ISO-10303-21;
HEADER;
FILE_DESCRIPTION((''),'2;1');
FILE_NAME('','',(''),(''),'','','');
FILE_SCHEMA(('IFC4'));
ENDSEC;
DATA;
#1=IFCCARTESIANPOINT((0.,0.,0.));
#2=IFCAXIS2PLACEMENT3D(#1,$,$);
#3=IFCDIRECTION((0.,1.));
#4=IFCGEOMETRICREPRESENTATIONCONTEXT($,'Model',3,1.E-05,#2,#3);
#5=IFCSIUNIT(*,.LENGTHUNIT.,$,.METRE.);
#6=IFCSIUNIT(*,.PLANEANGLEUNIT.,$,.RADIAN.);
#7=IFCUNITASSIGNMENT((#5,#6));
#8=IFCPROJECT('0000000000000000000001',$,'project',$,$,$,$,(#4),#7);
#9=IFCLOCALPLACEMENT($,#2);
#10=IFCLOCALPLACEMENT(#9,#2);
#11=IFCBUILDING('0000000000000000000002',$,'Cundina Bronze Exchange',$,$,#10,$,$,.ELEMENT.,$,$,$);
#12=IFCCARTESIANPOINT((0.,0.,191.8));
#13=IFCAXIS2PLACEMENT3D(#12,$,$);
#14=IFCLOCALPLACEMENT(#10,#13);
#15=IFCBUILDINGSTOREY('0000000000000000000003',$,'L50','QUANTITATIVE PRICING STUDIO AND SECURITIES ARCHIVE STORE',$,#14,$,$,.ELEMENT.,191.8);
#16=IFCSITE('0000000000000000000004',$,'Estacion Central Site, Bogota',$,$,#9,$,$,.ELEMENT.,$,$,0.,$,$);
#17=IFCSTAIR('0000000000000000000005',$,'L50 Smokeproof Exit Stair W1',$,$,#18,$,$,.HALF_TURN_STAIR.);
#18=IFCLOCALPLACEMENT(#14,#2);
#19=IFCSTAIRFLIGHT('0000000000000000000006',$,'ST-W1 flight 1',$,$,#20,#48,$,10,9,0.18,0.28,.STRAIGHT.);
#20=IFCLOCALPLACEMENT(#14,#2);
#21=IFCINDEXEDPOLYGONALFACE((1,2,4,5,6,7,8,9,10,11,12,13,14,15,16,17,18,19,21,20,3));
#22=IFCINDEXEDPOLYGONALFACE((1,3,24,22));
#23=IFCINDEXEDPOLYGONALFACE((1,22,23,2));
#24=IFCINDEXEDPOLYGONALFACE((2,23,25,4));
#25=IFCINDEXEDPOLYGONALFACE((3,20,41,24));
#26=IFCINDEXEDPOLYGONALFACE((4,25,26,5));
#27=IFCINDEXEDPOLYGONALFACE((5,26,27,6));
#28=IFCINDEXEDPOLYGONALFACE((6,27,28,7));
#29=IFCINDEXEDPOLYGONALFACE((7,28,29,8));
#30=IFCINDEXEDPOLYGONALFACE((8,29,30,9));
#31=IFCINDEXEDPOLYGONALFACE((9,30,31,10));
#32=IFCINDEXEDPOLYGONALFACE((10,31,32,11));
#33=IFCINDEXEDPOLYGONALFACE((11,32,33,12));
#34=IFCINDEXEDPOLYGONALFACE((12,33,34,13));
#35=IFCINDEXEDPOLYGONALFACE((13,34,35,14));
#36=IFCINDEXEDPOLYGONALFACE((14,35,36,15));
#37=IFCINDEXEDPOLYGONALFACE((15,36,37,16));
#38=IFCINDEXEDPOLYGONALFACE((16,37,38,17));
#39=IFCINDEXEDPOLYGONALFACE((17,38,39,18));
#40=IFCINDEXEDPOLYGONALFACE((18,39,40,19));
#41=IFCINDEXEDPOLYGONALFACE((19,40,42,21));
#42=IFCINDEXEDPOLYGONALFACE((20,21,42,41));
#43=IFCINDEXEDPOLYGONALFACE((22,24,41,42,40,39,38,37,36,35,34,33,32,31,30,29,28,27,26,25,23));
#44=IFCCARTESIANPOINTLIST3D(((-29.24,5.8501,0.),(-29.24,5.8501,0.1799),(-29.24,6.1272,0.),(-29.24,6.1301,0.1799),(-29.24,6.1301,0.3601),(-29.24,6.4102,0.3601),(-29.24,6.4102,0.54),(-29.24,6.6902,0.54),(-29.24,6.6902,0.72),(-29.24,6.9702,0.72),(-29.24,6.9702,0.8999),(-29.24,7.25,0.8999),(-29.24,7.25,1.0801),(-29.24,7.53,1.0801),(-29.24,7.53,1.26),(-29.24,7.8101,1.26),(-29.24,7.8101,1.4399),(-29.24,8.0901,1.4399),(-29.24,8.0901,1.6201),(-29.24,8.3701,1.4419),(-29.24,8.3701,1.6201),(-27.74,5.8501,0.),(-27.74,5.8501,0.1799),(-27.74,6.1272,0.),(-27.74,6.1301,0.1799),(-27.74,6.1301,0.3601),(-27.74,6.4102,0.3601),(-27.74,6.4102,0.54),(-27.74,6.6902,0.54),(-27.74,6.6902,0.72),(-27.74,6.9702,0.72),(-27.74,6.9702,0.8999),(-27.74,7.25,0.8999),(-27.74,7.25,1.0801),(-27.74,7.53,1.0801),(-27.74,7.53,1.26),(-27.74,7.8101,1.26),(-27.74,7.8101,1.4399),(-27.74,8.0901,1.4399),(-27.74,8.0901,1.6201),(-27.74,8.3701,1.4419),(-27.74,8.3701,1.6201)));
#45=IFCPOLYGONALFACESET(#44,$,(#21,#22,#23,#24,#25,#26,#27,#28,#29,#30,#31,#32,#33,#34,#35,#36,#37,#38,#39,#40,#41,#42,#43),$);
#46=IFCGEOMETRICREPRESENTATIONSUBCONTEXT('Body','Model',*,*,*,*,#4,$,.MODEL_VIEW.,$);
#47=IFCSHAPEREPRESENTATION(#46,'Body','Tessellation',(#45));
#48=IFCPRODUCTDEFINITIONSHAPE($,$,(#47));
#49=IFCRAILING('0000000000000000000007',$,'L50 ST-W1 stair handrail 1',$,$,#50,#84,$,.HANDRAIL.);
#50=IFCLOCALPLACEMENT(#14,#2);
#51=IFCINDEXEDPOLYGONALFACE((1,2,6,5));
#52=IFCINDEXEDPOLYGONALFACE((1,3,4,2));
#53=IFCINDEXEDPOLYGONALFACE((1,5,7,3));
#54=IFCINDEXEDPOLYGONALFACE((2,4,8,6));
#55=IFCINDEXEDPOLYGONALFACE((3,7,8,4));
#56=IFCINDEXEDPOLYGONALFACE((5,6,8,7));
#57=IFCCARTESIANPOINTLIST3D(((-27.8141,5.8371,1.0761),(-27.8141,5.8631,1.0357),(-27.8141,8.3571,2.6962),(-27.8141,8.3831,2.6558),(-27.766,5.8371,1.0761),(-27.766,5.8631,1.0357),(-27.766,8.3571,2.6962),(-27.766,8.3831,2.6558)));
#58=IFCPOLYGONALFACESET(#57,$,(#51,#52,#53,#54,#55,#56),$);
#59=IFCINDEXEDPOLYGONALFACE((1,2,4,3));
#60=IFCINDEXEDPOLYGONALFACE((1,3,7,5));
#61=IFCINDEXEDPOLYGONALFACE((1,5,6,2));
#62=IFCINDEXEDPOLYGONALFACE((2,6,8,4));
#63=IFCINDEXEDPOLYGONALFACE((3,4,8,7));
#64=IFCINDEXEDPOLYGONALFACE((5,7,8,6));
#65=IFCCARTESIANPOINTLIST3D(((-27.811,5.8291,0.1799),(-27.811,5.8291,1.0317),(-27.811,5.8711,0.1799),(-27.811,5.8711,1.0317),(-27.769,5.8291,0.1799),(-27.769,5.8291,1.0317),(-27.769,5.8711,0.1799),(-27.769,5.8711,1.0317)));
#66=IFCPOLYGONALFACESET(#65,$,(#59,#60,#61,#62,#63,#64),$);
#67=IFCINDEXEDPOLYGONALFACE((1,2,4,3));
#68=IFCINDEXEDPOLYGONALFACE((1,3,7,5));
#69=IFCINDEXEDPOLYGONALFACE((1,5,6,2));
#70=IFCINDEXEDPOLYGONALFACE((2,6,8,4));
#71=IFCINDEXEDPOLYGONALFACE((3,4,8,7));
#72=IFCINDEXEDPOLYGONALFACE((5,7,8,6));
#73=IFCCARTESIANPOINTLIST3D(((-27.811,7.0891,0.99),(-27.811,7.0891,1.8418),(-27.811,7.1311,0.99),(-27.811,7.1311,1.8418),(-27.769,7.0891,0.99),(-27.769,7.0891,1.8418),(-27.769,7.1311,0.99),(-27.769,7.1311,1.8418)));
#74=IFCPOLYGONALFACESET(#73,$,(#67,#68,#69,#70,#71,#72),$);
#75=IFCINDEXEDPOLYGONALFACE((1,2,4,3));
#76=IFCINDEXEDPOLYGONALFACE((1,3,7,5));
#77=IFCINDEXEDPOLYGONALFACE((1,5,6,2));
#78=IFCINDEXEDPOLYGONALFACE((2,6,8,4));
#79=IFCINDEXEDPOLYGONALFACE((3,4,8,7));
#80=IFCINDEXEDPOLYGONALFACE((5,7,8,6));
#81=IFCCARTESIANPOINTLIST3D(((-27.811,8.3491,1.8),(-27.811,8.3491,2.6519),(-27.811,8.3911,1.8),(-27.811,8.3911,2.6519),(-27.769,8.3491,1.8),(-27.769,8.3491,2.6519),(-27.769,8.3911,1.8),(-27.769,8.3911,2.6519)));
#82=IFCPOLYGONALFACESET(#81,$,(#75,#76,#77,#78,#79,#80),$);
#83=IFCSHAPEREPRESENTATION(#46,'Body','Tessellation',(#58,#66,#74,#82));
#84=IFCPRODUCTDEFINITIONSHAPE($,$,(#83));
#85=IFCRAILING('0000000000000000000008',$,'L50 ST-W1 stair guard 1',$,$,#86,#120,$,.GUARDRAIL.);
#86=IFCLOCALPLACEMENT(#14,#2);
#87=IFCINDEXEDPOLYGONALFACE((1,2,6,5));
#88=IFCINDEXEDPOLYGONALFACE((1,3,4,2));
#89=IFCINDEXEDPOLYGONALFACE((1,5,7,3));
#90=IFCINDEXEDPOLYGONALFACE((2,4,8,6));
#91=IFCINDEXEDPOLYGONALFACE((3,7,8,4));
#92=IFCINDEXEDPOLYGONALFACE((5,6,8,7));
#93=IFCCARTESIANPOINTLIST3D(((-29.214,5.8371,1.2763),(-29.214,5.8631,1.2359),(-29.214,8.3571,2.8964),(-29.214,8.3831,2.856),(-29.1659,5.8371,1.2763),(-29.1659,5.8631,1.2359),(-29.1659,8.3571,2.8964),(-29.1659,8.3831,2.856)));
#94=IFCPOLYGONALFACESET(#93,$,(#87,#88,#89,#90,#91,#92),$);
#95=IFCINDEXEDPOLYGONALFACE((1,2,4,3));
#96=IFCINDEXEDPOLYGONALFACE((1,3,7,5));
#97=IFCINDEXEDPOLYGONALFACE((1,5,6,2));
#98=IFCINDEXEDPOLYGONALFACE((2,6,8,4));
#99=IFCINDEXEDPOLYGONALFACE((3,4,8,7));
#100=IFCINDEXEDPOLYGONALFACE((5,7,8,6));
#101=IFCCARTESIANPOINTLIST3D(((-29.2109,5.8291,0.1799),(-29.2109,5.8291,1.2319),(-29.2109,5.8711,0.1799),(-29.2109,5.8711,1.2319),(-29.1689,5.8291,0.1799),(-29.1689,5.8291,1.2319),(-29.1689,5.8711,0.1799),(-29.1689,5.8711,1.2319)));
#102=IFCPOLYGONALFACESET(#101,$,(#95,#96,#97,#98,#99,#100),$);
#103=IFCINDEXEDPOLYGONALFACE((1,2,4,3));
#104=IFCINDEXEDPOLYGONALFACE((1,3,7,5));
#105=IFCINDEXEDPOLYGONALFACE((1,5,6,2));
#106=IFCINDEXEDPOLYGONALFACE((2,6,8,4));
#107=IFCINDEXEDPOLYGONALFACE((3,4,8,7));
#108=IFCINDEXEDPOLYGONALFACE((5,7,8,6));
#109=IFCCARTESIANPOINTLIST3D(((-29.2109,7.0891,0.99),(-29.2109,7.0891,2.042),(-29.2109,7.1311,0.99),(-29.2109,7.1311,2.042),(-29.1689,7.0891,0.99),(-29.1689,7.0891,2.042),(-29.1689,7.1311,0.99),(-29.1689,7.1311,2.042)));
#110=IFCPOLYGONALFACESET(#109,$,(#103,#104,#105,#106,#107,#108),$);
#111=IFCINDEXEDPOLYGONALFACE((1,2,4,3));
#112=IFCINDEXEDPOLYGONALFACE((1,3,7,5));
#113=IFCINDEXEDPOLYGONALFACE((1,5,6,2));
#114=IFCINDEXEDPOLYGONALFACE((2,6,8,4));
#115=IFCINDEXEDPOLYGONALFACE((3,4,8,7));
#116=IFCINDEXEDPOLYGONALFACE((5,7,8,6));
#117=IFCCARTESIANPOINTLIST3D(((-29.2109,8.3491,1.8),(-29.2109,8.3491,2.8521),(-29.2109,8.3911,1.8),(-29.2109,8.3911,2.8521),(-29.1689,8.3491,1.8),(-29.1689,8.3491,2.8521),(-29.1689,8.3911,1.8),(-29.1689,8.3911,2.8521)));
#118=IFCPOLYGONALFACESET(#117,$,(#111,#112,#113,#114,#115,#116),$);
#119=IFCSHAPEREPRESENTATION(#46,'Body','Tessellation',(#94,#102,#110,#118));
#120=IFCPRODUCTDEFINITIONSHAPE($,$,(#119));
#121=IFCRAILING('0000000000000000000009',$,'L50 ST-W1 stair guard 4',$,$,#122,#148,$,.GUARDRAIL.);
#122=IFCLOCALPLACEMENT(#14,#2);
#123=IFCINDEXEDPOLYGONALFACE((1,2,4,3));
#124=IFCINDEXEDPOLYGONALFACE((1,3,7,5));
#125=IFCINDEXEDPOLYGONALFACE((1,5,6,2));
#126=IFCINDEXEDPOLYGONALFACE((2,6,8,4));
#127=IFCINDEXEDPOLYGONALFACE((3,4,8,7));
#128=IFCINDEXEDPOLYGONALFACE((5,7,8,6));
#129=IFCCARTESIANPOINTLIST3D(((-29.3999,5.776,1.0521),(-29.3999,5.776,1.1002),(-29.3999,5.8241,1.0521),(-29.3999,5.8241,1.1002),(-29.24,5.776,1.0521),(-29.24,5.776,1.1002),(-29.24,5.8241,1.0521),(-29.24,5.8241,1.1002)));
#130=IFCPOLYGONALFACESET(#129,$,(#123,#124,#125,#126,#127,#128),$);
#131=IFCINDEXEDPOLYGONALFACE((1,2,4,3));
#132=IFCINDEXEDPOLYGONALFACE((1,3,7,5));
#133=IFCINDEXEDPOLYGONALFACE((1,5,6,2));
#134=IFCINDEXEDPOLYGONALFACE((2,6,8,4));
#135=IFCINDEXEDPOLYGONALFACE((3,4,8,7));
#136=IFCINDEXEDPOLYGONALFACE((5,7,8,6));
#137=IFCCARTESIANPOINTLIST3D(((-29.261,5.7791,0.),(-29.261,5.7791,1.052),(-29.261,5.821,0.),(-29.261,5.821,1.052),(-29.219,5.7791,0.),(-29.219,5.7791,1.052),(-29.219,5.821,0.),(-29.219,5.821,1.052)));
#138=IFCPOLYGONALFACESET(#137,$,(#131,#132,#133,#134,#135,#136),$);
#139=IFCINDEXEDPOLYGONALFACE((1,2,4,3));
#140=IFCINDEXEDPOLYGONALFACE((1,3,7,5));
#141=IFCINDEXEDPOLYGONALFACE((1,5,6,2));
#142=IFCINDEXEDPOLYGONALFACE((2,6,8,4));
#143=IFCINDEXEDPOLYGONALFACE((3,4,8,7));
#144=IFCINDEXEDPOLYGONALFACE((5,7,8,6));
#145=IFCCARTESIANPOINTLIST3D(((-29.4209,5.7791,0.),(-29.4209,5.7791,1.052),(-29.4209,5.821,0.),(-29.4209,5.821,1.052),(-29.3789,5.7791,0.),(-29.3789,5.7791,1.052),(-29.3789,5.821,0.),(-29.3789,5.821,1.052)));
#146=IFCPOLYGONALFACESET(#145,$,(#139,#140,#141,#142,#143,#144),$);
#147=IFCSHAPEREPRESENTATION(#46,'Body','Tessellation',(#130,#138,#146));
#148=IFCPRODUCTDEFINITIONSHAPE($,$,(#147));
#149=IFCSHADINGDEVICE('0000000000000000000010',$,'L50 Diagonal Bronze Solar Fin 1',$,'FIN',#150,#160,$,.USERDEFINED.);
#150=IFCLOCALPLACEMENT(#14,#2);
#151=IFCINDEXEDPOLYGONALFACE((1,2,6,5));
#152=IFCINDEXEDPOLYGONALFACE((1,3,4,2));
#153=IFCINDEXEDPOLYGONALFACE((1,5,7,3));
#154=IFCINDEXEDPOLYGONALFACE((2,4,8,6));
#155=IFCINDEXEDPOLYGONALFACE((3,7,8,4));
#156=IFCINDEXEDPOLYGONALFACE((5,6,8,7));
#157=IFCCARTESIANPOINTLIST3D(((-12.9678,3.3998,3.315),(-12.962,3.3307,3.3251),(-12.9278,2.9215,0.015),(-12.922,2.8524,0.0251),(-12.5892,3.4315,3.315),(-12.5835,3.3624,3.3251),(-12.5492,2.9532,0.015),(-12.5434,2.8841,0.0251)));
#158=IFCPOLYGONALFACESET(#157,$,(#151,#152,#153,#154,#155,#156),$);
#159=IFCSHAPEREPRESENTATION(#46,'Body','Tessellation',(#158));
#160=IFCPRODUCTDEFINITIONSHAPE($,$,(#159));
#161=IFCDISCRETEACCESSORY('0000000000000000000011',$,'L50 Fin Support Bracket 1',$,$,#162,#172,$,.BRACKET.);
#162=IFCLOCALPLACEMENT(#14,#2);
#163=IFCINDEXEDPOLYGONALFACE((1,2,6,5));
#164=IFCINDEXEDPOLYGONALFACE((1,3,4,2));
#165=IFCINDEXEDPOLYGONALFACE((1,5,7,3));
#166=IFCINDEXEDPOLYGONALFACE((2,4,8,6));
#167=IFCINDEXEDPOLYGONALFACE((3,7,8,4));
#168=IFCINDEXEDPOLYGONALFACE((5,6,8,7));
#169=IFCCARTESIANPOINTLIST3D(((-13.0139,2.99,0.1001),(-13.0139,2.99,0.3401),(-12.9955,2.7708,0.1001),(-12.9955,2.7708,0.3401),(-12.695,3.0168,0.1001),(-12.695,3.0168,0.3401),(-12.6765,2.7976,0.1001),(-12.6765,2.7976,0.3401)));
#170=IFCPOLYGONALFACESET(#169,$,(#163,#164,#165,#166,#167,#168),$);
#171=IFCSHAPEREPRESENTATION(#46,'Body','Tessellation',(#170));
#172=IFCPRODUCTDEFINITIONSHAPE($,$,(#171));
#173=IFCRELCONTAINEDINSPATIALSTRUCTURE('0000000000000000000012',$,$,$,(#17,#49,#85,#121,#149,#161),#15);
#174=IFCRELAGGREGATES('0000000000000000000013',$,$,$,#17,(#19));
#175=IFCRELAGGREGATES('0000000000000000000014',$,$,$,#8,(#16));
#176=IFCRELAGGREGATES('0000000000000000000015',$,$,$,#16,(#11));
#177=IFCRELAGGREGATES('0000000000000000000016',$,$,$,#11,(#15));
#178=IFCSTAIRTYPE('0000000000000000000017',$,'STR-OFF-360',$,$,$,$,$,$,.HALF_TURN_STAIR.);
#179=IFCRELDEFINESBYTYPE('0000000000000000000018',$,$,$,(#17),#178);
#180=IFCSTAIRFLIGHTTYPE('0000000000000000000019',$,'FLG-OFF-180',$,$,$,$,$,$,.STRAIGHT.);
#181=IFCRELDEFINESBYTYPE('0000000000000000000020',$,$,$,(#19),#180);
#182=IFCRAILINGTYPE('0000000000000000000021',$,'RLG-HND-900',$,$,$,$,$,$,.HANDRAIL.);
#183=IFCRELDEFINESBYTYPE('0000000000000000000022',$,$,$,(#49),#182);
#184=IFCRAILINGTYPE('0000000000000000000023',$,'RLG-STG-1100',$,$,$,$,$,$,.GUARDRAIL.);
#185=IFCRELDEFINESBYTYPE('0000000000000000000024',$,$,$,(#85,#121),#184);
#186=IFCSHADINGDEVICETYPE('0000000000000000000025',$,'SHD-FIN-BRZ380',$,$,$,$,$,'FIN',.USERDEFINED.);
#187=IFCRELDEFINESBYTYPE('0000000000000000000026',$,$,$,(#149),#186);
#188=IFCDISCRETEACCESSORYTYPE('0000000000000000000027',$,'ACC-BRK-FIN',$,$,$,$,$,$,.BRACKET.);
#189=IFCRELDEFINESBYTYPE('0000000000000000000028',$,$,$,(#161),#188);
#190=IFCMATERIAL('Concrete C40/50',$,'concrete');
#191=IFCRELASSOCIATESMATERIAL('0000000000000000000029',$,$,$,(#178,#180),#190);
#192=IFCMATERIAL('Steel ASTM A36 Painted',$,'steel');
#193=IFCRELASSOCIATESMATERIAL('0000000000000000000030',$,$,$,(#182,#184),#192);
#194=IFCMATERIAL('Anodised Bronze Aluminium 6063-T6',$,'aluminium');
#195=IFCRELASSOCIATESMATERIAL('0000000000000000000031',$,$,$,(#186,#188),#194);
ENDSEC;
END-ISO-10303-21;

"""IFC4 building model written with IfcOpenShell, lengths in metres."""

from ifc_helpers import new_model, si_unit, direction, frame, origin, origin_2d, place, context, subcontext, project, spatial, polyline, rectangle, outline, extrude, material, material_profile, profile_set, type_object, element, aggregate, save


model = new_model("IFC4")

# Units and contexts
model_context = context("Model", 3, precision=1e-05, world=origin(), true_north=direction((0.0, 1.0)))
body_context = subcontext(model_context, "Body", "Model", "MODEL_VIEW")
ifc_project = project(units=[si_unit("LENGTHUNIT", "METRE"), si_unit("PLANEANGLEUNIT", "RADIAN")], contexts=[model_context])

# Site, building, storey
site_placement = place(None, origin())
site = spatial("IfcSite", under=ifc_project, at=site_placement, Name="Estacion Central Site, Bogota", CompositionType="ELEMENT", RefElevation=0.0)
building_placement = place(site_placement, origin())
building = spatial("IfcBuilding", under=site, at=building_placement, Name="Cundina Bronze Exchange", CompositionType="ELEMENT")
storey_placement = place(building_placement, frame((0.0, 0.0, 191.8)))
storey = spatial("IfcBuildingStorey", under=building, at=storey_placement, Name="L50", Description="QUANTITATIVE PRICING STUDIO AND SECURITIES ARCHIVE STORE", CompositionType="ELEMENT", Elevation=191.8)

# Shared definitions
ifc_material_1 = material(Name="Anodised Bronze Aluminium 6063-T6", Category="aluminium")

# Shared definitions
ifc_material_2 = material(Name="Steel ASTM A36 Painted", Category="steel")

# Stair, stair flight
ifc_material_3 = material(Name="Concrete C40/50", Category="concrete")
stair_type = type_object("IfcStairType", Name="STR-OFF-360", PredefinedType="HALF_TURN_STAIR", material=ifc_material_3)
stair_placement = place(storey_placement, origin())
stair = element("IfcStair", 1, at=stair_placement, inside=storey, type_object=stair_type, Name="L50 Smokeproof Exit Stair W1", PredefinedType="HALF_TURN_STAIR")
stair_flight_type = type_object("IfcStairFlightType", Name="FLG-OFF-180", PredefinedType="STRAIGHT", material=ifc_material_3)
stair_flight_placement = place(storey_placement, frame((-28.49, 5.8501, 0.0), z_axis=(0.0, 0.0, 1.0), x_axis=(0.0, 1.0, 0.0)))
stair_flight = element("IfcStairFlight", 2, at=stair_flight_placement, type_object=stair_flight_type, Name="ST-W1 flight 1", NumberOfRisers=10, NumberOfTreads=9, PredefinedType="STRAIGHT", RiserHeight=0.18, TreadLength=0.28, context=body_context, shape_type="SweptSolid", body=[
    extrude(outline(polyline([(0.0, 0.0), (0.0, 0.1799), (0.28, 0.1799), (0.28, 0.3601), (0.5601, 0.3601), (0.5601, 0.54), (0.8401, 0.54), (0.8401, 0.72), (1.1201, 0.72), (1.1201, 0.8999), (1.3999, 0.8999), (1.3999, 1.0801), (1.6799, 1.0801), (1.6799, 1.26), (1.96, 1.26), (1.96, 1.4399), (2.24, 1.4399), (2.24, 1.6201), (2.52, 1.6201), (2.52, 1.8), (2.52, 1.4419), (0.2771, 0.0), (0.0, 0.0)])), frame((0.0, 0.75, 0.0), z_axis=(0.0, -1.0, 0.0), x_axis=(1.0, 0.0, 0.0)), (0.0, 0.0, 1.0), 1.5),
])
aggregate(stair, [stair_flight])

# Railings
railing_type_1 = type_object("IfcRailingType", Name="RLG-HND-900", PredefinedType="HANDRAIL", material=ifc_material_2)
railing_1_placement = place(storey_placement, frame((-27.79, 5.8501, 0.1799)))
element("IfcRailing", 3, at=railing_1_placement, inside=storey, type_object=railing_type_1, Name="L50 ST-W1 stair handrail 1", PredefinedType="HANDRAIL", context=body_context, shape_type="SweptSolid", body=[
    extrude(rectangle(XDim=0.0481, YDim=0.0481, at=origin_2d()), frame((0.0, 0.0, 0.876), z_axis=(0.0, 0.841163, 0.540782), x_axis=(-1.0, 0.0, 0.0)), (0.0, 0.0, 1.0), 2.9958),
    extrude(rectangle(XDim=0.042, YDim=0.042, at=origin_2d()), origin(), (0.0, 0.0, 1.0), 0.8518),
    extrude(rectangle(XDim=0.042, YDim=0.042, at=origin_2d()), frame((0.0, 1.26, 0.8101)), (0.0, 0.0, 1.0), 0.8518),
    extrude(rectangle(XDim=0.042, YDim=0.042, at=origin_2d()), frame((0.0, 2.52, 1.6201)), (0.0, 0.0, 1.0), 0.8518),
])
railing_type_2 = type_object("IfcRailingType", Name="RLG-STG-1100", PredefinedType="GUARDRAIL", material=ifc_material_2)
railing_2_placement = place(storey_placement, frame((-29.1899, 5.8501, 0.1799)))
element("IfcRailing", 4, at=railing_2_placement, inside=storey, type_object=railing_type_2, Name="L50 ST-W1 stair guard 1", PredefinedType="GUARDRAIL", context=body_context, shape_type="SweptSolid", body=[
    extrude(rectangle(XDim=0.0481, YDim=0.0481, at=origin_2d()), frame((0.0, 0.0, 1.0762), z_axis=(0.0, 0.841163, 0.540782), x_axis=(-1.0, 0.0, 0.0)), (0.0, 0.0, 1.0), 2.9958),
    extrude(rectangle(XDim=0.042, YDim=0.042, at=origin_2d()), origin(), (0.0, 0.0, 1.0), 1.052),
    extrude(rectangle(XDim=0.042, YDim=0.042, at=origin_2d()), frame((0.0, 1.26, 0.8101)), (0.0, 0.0, 1.0), 1.052),
    extrude(rectangle(XDim=0.042, YDim=0.042, at=origin_2d()), frame((0.0, 2.52, 1.6201)), (0.0, 0.0, 1.0), 1.052),
])
railing_3_placement = place(storey_placement, frame((-29.24, 5.8, 0.0)))
element("IfcRailing", 5, at=railing_3_placement, inside=storey, type_object=railing_type_2, Name="L50 ST-W1 stair guard 4", PredefinedType="GUARDRAIL", context=body_context, shape_type="SweptSolid", body=[
    extrude(rectangle(XDim=0.0481, YDim=0.0481, at=origin_2d()), frame((0.0, 0.0, 1.0762), z_axis=(-1.0, 0.0, 0.0), x_axis=(0.0, -1.0, 0.0)), (0.0, 0.0, 1.0), 0.1599),
    extrude(rectangle(XDim=0.042, YDim=0.042, at=origin_2d()), origin(), (0.0, 0.0, 1.0), 1.052),
    extrude(rectangle(XDim=0.042, YDim=0.042, at=origin_2d()), frame((-0.1599, 0.0, 0.0)), (0.0, 0.0, 1.0), 1.052),
])

# Shading device
ifc_material_profile_1 = material_profile(ifc_material_1, rectangle(XDim=0.0701, YDim=0.3799, at=origin_2d()), Name="FIN70X380", Category="aluminium")
ifc_profile_set_1 = profile_set([ifc_material_profile_1], Name="Anodised Bronze Aluminium 6063-T6")
shading_device_type = type_object("IfcShadingDeviceType", Name="SHD-FIN-BRZ380", ElementType="FIN", PredefinedType="USERDEFINED", material=ifc_profile_set_1)
shading_device_placement = place(storey_placement, frame((-12.7356, 2.9028, 0.02), z_axis=(-0.012007, 0.14342, 0.989589), x_axis=(0.082556, -0.98614, 0.143921)))
element("IfcShadingDevice", 6, at=shading_device_placement, inside=storey, type_object=shading_device_type, Name="L50 Diagonal Bronze Solar Fin 1", ObjectType="FIN", PredefinedType="USERDEFINED", context=body_context, shape_type="SweptSolid", body=[
    extrude(rectangle(XDim=0.0701, YDim=0.3799, at=origin_2d()), origin(), (0.0, 0.0, 1.0), 3.3347),
])

# Discrete accessory
discrete_accessory_type = type_object("IfcDiscreteAccessoryType", Name="ACC-BRK-FIN", PredefinedType="BRACKET", material=ifc_material_1)
discrete_accessory_placement = place(storey_placement, frame((-12.8452, 2.8938, 0.1001), z_axis=(0.0, 0.0, 1.0), x_axis=(-0.083747, 0.996487, 0.0)))
element("IfcDiscreteAccessory", 7, at=discrete_accessory_placement, inside=storey, type_object=discrete_accessory_type, Name="L50 Fin Support Bracket 1", PredefinedType="BRACKET", context=body_context, shape_type="SweptSolid", body=[
    extrude(rectangle(XDim=0.22, YDim=0.3201, at=origin_2d()), origin(), (0.0, 0.0, 1.0), 0.24),
])

save(model, "model.ifc")
